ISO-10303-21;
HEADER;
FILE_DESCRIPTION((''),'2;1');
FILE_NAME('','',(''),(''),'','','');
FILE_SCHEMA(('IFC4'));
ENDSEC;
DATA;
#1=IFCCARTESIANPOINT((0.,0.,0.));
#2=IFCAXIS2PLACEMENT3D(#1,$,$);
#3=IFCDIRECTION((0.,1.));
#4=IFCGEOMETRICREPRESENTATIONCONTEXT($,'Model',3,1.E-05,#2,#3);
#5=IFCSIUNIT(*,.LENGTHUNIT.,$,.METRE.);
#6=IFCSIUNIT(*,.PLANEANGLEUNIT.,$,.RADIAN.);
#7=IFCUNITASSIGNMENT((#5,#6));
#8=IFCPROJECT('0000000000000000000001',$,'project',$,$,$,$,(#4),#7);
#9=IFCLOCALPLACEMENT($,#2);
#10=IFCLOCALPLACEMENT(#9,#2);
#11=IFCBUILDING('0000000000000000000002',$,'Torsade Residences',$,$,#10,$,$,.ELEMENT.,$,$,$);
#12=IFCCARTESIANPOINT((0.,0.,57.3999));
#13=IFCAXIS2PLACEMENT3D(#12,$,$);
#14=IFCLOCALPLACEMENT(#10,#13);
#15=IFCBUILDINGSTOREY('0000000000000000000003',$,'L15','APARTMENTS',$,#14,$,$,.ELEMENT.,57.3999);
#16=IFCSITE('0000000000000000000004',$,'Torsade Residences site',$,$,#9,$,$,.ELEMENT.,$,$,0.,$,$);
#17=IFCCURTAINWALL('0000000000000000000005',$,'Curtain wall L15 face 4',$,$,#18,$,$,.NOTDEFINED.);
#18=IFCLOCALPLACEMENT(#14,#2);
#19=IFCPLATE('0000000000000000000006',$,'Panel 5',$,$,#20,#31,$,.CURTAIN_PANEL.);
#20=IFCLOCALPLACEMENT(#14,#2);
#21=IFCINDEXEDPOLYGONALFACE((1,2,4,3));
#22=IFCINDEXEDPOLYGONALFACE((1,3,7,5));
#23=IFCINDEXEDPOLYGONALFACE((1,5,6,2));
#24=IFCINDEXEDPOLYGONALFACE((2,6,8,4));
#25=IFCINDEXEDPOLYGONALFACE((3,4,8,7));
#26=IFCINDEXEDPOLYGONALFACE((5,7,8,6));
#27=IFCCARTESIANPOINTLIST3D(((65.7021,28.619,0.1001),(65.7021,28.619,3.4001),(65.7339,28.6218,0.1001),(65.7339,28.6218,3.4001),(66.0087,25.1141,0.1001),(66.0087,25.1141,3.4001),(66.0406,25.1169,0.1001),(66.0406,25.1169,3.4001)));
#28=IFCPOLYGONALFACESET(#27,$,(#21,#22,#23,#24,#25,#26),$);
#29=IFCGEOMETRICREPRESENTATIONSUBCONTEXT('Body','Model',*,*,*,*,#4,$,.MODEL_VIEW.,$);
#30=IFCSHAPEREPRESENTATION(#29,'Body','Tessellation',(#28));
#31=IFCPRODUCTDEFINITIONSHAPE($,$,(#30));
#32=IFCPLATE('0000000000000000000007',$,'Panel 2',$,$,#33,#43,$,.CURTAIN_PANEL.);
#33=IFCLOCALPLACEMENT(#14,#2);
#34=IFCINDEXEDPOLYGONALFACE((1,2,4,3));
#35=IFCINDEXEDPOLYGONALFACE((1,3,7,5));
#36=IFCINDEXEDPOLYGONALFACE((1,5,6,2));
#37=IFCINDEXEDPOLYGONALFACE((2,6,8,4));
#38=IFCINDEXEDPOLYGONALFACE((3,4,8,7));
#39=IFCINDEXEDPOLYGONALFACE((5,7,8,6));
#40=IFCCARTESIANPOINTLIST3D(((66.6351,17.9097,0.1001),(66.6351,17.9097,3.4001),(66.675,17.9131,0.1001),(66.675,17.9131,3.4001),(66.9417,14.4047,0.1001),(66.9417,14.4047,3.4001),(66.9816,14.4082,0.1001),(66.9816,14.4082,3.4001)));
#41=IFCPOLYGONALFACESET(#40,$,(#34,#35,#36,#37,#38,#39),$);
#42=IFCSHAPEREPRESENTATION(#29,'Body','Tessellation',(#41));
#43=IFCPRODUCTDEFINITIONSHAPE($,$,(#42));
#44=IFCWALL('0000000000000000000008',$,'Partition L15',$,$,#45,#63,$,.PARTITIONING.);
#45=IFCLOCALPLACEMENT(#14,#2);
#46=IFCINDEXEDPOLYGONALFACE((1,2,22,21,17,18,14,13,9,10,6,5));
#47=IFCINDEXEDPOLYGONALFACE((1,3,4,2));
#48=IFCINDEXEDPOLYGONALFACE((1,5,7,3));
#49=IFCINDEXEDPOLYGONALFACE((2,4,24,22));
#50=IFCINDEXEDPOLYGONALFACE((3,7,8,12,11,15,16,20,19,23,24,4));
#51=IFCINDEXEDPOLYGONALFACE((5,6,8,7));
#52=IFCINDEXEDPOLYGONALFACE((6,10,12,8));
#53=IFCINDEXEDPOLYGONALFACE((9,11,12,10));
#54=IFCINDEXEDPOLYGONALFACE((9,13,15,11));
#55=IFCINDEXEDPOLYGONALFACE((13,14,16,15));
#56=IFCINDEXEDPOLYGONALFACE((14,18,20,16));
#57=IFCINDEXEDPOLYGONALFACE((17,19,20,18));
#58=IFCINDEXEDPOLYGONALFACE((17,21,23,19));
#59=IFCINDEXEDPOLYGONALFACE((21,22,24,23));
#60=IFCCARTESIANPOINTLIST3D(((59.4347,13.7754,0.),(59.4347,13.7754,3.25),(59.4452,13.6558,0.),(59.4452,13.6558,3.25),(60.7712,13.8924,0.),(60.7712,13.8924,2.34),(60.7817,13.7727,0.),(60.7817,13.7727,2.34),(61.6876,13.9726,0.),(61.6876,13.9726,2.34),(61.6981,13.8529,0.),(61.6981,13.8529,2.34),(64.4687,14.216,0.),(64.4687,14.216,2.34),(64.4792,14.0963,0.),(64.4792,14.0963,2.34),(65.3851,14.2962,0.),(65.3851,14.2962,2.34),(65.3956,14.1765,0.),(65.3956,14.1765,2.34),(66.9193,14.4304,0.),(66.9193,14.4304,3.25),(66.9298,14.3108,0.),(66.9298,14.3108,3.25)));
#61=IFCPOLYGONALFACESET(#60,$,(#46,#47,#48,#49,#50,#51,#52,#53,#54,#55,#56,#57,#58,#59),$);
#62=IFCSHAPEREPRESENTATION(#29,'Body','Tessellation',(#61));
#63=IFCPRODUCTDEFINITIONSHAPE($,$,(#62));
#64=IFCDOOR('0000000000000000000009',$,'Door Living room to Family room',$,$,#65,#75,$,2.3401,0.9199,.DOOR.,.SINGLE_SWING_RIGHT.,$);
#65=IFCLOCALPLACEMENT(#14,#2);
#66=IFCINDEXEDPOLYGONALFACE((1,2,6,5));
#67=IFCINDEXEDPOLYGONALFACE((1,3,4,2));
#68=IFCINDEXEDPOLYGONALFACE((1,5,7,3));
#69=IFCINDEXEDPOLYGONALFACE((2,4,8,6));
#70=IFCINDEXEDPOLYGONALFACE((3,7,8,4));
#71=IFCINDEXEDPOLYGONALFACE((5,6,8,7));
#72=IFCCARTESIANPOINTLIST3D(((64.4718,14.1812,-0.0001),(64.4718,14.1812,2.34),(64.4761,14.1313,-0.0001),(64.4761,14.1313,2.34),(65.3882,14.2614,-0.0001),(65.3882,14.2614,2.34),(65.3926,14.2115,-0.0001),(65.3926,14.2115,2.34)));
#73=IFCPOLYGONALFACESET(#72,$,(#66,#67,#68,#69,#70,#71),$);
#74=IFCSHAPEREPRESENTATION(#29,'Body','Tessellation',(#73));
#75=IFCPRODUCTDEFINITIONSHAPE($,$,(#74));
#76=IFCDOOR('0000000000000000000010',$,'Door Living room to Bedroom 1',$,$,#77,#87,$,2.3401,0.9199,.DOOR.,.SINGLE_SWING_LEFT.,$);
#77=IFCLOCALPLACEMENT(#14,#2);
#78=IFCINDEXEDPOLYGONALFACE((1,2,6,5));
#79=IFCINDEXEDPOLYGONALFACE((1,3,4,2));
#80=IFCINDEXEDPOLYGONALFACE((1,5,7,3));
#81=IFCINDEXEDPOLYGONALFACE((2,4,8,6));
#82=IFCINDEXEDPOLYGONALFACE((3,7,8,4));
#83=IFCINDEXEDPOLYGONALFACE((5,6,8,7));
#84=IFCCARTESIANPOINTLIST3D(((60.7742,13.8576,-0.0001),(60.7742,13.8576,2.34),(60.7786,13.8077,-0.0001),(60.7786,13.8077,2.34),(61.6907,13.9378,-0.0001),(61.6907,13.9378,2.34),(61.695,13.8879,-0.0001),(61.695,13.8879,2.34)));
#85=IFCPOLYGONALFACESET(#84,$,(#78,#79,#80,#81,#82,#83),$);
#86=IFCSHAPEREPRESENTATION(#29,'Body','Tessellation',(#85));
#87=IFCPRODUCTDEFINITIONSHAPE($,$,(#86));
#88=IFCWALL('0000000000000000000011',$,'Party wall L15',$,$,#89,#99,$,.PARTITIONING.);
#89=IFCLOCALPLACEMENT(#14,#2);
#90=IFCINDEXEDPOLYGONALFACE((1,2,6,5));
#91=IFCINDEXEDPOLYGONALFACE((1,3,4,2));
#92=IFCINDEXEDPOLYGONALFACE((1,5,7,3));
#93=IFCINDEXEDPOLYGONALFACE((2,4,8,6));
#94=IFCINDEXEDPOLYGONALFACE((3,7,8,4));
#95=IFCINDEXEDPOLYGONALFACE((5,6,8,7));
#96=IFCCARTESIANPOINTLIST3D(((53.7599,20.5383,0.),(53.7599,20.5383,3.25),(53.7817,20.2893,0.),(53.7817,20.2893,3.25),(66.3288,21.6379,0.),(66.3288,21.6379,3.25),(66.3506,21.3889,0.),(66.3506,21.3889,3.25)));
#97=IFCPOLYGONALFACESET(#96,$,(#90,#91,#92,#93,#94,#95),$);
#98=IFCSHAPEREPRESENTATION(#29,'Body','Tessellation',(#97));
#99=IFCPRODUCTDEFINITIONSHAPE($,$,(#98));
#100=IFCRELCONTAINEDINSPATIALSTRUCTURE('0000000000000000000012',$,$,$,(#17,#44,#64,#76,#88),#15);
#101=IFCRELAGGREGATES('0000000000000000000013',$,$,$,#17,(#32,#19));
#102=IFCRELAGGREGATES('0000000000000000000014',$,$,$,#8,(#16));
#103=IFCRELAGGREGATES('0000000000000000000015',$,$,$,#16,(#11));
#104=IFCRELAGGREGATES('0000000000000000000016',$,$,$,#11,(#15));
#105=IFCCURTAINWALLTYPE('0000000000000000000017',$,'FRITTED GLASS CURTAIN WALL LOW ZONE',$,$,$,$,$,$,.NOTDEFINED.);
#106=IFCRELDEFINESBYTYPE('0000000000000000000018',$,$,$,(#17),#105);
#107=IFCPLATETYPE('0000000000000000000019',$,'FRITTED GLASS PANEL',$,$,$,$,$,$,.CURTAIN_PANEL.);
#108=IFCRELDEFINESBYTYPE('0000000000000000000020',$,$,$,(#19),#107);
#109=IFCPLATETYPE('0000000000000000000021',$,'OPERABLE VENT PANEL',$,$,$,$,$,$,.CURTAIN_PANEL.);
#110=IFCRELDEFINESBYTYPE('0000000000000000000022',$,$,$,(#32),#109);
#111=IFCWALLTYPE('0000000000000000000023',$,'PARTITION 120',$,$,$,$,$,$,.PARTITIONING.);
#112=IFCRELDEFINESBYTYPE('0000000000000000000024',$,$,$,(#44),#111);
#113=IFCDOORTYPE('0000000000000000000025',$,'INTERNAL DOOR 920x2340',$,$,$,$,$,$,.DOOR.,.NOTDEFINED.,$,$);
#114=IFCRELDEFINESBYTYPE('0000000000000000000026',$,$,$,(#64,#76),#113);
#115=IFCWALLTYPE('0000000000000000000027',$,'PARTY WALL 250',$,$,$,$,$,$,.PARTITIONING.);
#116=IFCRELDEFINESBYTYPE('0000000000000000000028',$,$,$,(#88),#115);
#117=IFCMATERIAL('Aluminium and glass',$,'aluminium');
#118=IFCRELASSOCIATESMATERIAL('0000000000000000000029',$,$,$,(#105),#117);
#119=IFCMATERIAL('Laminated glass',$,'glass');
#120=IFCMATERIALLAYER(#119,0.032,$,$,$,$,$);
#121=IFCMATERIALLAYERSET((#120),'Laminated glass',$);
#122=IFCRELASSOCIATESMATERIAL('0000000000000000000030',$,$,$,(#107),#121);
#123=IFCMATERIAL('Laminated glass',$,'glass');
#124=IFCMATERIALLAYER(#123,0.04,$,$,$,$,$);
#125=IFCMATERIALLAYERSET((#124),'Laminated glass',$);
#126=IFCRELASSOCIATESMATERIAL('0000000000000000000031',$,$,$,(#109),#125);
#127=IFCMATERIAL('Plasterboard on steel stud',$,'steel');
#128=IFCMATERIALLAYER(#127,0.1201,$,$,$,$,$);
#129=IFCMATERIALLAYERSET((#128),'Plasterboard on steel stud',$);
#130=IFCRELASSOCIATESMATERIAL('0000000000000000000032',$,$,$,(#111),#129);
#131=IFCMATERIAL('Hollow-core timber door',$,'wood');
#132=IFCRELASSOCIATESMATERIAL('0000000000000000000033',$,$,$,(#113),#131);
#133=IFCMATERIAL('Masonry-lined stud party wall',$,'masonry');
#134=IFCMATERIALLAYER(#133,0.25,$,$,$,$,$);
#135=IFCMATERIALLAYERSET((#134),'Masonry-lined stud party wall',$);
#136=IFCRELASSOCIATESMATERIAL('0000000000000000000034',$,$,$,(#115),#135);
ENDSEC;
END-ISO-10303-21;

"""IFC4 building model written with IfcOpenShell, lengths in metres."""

from ifc_helpers import new_model, si_unit, direction, frame, frame_2d, origin, origin_2d, place, context, subcontext, project, spatial, rectangle, extrude, material, layer, layer_set, type_object, element, fill, aggregate, save


model = new_model("IFC4")

# Units and contexts
model_context = context("Model", 3, precision=1e-05, world=origin(), true_north=direction((0.0, 1.0)))
body_context = subcontext(model_context, "Body", "Model", "MODEL_VIEW")
ifc_project = project(units=[si_unit("LENGTHUNIT", "METRE"), si_unit("PLANEANGLEUNIT", "RADIAN")], contexts=[model_context])

# Site, building, storey
site_placement = place(None, origin())
site = spatial("IfcSite", under=ifc_project, at=site_placement, Name="Torsade Residences site", CompositionType="ELEMENT", RefElevation=0.0)
building_placement = place(site_placement, origin())
building = spatial("IfcBuilding", under=site, at=building_placement, Name="Torsade Residences", CompositionType="ELEMENT")
storey_placement = place(building_placement, frame((0.0, 0.0, 57.3999)))
storey = spatial("IfcBuildingStorey", under=building, at=storey_placement, Name="L15", Description="APARTMENTS", CompositionType="ELEMENT", Elevation=57.3999)

# Curtain wall
ifc_material_1 = material(Name="Aluminium and glass", Category="aluminium")
curtain_wall_type = type_object("IfcCurtainWallType", Name="FRITTED GLASS CURTAIN WALL LOW ZONE", PredefinedType="NOTDEFINED", material=ifc_material_1)
curtain_wall_placement = place(storey_placement, origin())
curtain_wall = element("IfcCurtainWall", 1, at=curtain_wall_placement, inside=storey, type_object=curtain_wall_type, Name="Curtain wall L15 face 4", PredefinedType="NOTDEFINED")

# Plates
ifc_material_2 = material(Name="Laminated glass", Category="glass")
ifc_layer_1 = layer(ifc_material_2, 0.032)
ifc_layer_set_1 = layer_set([ifc_layer_1], Name="Laminated glass")
plate_type_1 = type_object("IfcPlateType", Name="FRITTED GLASS PANEL", PredefinedType="CURTAIN_PANEL", material=ifc_layer_set_1)
plate_1_placement = place(storey_placement, frame((65.8713, 26.8679, 0.1001), z_axis=(0.0, 0.0, 1.0), x_axis=(-0.087156, 0.996195, 0.0)))
plate_1 = element("IfcPlate", 2, at=plate_1_placement, type_object=plate_type_1, Name="Panel 5", PredefinedType="CURTAIN_PANEL", context=body_context, shape_type="SweptSolid", body=[
    extrude(rectangle(XDim=3.5183, YDim=0.032, at=origin_2d()), origin(), (0.0, 0.0, 1.0), 3.3),
])
ifc_material_3 = material(Name="Laminated glass", Category="glass")
ifc_layer_2 = layer(ifc_material_3, 0.04)
ifc_layer_set_2 = layer_set([ifc_layer_2], Name="Laminated glass")
plate_type_2 = type_object("IfcPlateType", Name="OPERABLE VENT PANEL", PredefinedType="CURTAIN_PANEL", material=ifc_layer_set_2)
plate_2_placement = place(storey_placement, frame((66.8083, 16.1589, 0.1001), z_axis=(0.0, 0.0, 1.0), x_axis=(-0.087156, 0.996195, 0.0)))
plate_2 = element("IfcPlate", 3, at=plate_2_placement, type_object=plate_type_2, Name="Panel 2", PredefinedType="CURTAIN_PANEL", context=body_context, shape_type="SweptSolid", body=[
    extrude(rectangle(XDim=3.5183, YDim=0.04, at=origin_2d()), origin(), (0.0, 0.0, 1.0), 3.3),
])
aggregate(curtain_wall, [plate_2, plate_1])

# Wall, openings, doors
ifc_material_4 = material(Name="Plasterboard on steel stud", Category="steel")
ifc_layer_3 = layer(ifc_material_4, 0.1201)
ifc_layer_set_3 = layer_set([ifc_layer_3], Name="Plasterboard on steel stud")
wall_type_1 = type_object("IfcWallType", Name="PARTITION 120", PredefinedType="PARTITIONING", material=ifc_layer_set_3)
wall_1_placement = place(storey_placement, frame((66.9246, 14.3706, 0.0), z_axis=(0.0, 0.0, 1.0), x_axis=(-0.996192, -0.087183, 0.0)))
wall_1 = element("IfcWall", 4, at=wall_1_placement, inside=storey, type_object=wall_type_1, Name="Partition L15", PredefinedType="PARTITIONING", context=body_context, shape_type="SweptSolid", body=[
    extrude(rectangle(XDim=7.5132, YDim=0.1201, at=frame_2d((3.7566, 0.0))), origin(), (0.0, 0.0, 1.0), 3.25),
])
opening_1_placement = place(wall_1_placement, frame((1.54, 0.0, 0.0)))
opening_1 = element("IfcOpeningElement", 5, at=opening_1_placement, cuts=wall_1, PredefinedType="OPENING", context=body_context, shape_type="SweptSolid", body=[
    extrude(rectangle(XDim=0.9199, YDim=2.3401, at=frame_2d((0.46, 1.1699))), frame((0.0, 0.0701, 0.0), z_axis=(0.0, -1.0, 0.0), x_axis=(1.0, 0.0, 0.0)), (0.0, 0.0, 1.0), 0.1401),
])
opening_2_placement = place(wall_1_placement, frame((5.2517, 0.0, 0.0)))
opening_2 = element("IfcOpeningElement", 6, at=opening_2_placement, cuts=wall_1, PredefinedType="OPENING", context=body_context, shape_type="SweptSolid", body=[
    extrude(rectangle(XDim=0.9199, YDim=2.3401, at=frame_2d((0.46, 1.1699))), frame((0.0, 0.0701, 0.0), z_axis=(0.0, -1.0, 0.0), x_axis=(1.0, 0.0, 0.0)), (0.0, 0.0, 1.0), 0.1401),
])
ifc_material_5 = material(Name="Hollow-core timber door", Category="wood")
door_type = type_object("IfcDoorType", Name="INTERNAL DOOR 920x2340", OperationType="NOTDEFINED", PredefinedType="DOOR", material=ifc_material_5)
door_1_placement = place(opening_1_placement, origin())
door_1 = element("IfcDoor", 7, at=door_1_placement, inside=storey, type_object=door_type, Name="Door Living room to Family room", OperationType="SINGLE_SWING_RIGHT", OverallHeight=2.3401, OverallWidth=0.9199, PredefinedType="DOOR", context=body_context, shape_type="SweptSolid", body=[
    extrude(rectangle(XDim=0.9199, YDim=2.3401, at=frame_2d((0.46, 1.1699))), frame((0.0, 0.0249, 0.0), z_axis=(0.0, -1.0, 0.0), x_axis=(1.0, 0.0, 0.0)), (0.0, 0.0, 1.0), 0.05),
])
fill(opening_1, door_1)
door_2_placement = place(opening_2_placement, origin())
door_2 = element("IfcDoor", 8, at=door_2_placement, inside=storey, type_object=door_type, Name="Door Living room to Bedroom 1", OperationType="SINGLE_SWING_LEFT", OverallHeight=2.3401, OverallWidth=0.9199, PredefinedType="DOOR", context=body_context, shape_type="SweptSolid", body=[
    extrude(rectangle(XDim=0.9199, YDim=2.3401, at=frame_2d((0.46, 1.1699))), frame((0.0, 0.0249, 0.0), z_axis=(0.0, -1.0, 0.0), x_axis=(1.0, 0.0, 0.0)), (0.0, 0.0, 1.0), 0.05),
])
fill(opening_2, door_2)

# Wall
ifc_material_6 = material(Name="Masonry-lined stud party wall", Category="masonry")
ifc_layer_4 = layer(ifc_material_6, 0.25)
ifc_layer_set_4 = layer_set([ifc_layer_4], Name="Masonry-lined stud party wall")
wall_type_2 = type_object("IfcWallType", Name="PARTY WALL 250", PredefinedType="PARTITIONING", material=ifc_layer_set_4)
wall_2_placement = place(storey_placement, frame((66.3398, 21.5134, 0.0), z_axis=(0.0, 0.0, 1.0), x_axis=(-0.996195, -0.087154, 0.0)))
element("IfcWall", 9, at=wall_2_placement, inside=storey, type_object=wall_type_2, Name="Party wall L15", PredefinedType="PARTITIONING", context=body_context, shape_type="SweptSolid", body=[
    extrude(rectangle(XDim=12.6169, YDim=0.25, at=frame_2d((6.3086, 0.0))), origin(), (0.0, 0.0, 1.0), 3.25),
])

save(model, "model.ifc")
